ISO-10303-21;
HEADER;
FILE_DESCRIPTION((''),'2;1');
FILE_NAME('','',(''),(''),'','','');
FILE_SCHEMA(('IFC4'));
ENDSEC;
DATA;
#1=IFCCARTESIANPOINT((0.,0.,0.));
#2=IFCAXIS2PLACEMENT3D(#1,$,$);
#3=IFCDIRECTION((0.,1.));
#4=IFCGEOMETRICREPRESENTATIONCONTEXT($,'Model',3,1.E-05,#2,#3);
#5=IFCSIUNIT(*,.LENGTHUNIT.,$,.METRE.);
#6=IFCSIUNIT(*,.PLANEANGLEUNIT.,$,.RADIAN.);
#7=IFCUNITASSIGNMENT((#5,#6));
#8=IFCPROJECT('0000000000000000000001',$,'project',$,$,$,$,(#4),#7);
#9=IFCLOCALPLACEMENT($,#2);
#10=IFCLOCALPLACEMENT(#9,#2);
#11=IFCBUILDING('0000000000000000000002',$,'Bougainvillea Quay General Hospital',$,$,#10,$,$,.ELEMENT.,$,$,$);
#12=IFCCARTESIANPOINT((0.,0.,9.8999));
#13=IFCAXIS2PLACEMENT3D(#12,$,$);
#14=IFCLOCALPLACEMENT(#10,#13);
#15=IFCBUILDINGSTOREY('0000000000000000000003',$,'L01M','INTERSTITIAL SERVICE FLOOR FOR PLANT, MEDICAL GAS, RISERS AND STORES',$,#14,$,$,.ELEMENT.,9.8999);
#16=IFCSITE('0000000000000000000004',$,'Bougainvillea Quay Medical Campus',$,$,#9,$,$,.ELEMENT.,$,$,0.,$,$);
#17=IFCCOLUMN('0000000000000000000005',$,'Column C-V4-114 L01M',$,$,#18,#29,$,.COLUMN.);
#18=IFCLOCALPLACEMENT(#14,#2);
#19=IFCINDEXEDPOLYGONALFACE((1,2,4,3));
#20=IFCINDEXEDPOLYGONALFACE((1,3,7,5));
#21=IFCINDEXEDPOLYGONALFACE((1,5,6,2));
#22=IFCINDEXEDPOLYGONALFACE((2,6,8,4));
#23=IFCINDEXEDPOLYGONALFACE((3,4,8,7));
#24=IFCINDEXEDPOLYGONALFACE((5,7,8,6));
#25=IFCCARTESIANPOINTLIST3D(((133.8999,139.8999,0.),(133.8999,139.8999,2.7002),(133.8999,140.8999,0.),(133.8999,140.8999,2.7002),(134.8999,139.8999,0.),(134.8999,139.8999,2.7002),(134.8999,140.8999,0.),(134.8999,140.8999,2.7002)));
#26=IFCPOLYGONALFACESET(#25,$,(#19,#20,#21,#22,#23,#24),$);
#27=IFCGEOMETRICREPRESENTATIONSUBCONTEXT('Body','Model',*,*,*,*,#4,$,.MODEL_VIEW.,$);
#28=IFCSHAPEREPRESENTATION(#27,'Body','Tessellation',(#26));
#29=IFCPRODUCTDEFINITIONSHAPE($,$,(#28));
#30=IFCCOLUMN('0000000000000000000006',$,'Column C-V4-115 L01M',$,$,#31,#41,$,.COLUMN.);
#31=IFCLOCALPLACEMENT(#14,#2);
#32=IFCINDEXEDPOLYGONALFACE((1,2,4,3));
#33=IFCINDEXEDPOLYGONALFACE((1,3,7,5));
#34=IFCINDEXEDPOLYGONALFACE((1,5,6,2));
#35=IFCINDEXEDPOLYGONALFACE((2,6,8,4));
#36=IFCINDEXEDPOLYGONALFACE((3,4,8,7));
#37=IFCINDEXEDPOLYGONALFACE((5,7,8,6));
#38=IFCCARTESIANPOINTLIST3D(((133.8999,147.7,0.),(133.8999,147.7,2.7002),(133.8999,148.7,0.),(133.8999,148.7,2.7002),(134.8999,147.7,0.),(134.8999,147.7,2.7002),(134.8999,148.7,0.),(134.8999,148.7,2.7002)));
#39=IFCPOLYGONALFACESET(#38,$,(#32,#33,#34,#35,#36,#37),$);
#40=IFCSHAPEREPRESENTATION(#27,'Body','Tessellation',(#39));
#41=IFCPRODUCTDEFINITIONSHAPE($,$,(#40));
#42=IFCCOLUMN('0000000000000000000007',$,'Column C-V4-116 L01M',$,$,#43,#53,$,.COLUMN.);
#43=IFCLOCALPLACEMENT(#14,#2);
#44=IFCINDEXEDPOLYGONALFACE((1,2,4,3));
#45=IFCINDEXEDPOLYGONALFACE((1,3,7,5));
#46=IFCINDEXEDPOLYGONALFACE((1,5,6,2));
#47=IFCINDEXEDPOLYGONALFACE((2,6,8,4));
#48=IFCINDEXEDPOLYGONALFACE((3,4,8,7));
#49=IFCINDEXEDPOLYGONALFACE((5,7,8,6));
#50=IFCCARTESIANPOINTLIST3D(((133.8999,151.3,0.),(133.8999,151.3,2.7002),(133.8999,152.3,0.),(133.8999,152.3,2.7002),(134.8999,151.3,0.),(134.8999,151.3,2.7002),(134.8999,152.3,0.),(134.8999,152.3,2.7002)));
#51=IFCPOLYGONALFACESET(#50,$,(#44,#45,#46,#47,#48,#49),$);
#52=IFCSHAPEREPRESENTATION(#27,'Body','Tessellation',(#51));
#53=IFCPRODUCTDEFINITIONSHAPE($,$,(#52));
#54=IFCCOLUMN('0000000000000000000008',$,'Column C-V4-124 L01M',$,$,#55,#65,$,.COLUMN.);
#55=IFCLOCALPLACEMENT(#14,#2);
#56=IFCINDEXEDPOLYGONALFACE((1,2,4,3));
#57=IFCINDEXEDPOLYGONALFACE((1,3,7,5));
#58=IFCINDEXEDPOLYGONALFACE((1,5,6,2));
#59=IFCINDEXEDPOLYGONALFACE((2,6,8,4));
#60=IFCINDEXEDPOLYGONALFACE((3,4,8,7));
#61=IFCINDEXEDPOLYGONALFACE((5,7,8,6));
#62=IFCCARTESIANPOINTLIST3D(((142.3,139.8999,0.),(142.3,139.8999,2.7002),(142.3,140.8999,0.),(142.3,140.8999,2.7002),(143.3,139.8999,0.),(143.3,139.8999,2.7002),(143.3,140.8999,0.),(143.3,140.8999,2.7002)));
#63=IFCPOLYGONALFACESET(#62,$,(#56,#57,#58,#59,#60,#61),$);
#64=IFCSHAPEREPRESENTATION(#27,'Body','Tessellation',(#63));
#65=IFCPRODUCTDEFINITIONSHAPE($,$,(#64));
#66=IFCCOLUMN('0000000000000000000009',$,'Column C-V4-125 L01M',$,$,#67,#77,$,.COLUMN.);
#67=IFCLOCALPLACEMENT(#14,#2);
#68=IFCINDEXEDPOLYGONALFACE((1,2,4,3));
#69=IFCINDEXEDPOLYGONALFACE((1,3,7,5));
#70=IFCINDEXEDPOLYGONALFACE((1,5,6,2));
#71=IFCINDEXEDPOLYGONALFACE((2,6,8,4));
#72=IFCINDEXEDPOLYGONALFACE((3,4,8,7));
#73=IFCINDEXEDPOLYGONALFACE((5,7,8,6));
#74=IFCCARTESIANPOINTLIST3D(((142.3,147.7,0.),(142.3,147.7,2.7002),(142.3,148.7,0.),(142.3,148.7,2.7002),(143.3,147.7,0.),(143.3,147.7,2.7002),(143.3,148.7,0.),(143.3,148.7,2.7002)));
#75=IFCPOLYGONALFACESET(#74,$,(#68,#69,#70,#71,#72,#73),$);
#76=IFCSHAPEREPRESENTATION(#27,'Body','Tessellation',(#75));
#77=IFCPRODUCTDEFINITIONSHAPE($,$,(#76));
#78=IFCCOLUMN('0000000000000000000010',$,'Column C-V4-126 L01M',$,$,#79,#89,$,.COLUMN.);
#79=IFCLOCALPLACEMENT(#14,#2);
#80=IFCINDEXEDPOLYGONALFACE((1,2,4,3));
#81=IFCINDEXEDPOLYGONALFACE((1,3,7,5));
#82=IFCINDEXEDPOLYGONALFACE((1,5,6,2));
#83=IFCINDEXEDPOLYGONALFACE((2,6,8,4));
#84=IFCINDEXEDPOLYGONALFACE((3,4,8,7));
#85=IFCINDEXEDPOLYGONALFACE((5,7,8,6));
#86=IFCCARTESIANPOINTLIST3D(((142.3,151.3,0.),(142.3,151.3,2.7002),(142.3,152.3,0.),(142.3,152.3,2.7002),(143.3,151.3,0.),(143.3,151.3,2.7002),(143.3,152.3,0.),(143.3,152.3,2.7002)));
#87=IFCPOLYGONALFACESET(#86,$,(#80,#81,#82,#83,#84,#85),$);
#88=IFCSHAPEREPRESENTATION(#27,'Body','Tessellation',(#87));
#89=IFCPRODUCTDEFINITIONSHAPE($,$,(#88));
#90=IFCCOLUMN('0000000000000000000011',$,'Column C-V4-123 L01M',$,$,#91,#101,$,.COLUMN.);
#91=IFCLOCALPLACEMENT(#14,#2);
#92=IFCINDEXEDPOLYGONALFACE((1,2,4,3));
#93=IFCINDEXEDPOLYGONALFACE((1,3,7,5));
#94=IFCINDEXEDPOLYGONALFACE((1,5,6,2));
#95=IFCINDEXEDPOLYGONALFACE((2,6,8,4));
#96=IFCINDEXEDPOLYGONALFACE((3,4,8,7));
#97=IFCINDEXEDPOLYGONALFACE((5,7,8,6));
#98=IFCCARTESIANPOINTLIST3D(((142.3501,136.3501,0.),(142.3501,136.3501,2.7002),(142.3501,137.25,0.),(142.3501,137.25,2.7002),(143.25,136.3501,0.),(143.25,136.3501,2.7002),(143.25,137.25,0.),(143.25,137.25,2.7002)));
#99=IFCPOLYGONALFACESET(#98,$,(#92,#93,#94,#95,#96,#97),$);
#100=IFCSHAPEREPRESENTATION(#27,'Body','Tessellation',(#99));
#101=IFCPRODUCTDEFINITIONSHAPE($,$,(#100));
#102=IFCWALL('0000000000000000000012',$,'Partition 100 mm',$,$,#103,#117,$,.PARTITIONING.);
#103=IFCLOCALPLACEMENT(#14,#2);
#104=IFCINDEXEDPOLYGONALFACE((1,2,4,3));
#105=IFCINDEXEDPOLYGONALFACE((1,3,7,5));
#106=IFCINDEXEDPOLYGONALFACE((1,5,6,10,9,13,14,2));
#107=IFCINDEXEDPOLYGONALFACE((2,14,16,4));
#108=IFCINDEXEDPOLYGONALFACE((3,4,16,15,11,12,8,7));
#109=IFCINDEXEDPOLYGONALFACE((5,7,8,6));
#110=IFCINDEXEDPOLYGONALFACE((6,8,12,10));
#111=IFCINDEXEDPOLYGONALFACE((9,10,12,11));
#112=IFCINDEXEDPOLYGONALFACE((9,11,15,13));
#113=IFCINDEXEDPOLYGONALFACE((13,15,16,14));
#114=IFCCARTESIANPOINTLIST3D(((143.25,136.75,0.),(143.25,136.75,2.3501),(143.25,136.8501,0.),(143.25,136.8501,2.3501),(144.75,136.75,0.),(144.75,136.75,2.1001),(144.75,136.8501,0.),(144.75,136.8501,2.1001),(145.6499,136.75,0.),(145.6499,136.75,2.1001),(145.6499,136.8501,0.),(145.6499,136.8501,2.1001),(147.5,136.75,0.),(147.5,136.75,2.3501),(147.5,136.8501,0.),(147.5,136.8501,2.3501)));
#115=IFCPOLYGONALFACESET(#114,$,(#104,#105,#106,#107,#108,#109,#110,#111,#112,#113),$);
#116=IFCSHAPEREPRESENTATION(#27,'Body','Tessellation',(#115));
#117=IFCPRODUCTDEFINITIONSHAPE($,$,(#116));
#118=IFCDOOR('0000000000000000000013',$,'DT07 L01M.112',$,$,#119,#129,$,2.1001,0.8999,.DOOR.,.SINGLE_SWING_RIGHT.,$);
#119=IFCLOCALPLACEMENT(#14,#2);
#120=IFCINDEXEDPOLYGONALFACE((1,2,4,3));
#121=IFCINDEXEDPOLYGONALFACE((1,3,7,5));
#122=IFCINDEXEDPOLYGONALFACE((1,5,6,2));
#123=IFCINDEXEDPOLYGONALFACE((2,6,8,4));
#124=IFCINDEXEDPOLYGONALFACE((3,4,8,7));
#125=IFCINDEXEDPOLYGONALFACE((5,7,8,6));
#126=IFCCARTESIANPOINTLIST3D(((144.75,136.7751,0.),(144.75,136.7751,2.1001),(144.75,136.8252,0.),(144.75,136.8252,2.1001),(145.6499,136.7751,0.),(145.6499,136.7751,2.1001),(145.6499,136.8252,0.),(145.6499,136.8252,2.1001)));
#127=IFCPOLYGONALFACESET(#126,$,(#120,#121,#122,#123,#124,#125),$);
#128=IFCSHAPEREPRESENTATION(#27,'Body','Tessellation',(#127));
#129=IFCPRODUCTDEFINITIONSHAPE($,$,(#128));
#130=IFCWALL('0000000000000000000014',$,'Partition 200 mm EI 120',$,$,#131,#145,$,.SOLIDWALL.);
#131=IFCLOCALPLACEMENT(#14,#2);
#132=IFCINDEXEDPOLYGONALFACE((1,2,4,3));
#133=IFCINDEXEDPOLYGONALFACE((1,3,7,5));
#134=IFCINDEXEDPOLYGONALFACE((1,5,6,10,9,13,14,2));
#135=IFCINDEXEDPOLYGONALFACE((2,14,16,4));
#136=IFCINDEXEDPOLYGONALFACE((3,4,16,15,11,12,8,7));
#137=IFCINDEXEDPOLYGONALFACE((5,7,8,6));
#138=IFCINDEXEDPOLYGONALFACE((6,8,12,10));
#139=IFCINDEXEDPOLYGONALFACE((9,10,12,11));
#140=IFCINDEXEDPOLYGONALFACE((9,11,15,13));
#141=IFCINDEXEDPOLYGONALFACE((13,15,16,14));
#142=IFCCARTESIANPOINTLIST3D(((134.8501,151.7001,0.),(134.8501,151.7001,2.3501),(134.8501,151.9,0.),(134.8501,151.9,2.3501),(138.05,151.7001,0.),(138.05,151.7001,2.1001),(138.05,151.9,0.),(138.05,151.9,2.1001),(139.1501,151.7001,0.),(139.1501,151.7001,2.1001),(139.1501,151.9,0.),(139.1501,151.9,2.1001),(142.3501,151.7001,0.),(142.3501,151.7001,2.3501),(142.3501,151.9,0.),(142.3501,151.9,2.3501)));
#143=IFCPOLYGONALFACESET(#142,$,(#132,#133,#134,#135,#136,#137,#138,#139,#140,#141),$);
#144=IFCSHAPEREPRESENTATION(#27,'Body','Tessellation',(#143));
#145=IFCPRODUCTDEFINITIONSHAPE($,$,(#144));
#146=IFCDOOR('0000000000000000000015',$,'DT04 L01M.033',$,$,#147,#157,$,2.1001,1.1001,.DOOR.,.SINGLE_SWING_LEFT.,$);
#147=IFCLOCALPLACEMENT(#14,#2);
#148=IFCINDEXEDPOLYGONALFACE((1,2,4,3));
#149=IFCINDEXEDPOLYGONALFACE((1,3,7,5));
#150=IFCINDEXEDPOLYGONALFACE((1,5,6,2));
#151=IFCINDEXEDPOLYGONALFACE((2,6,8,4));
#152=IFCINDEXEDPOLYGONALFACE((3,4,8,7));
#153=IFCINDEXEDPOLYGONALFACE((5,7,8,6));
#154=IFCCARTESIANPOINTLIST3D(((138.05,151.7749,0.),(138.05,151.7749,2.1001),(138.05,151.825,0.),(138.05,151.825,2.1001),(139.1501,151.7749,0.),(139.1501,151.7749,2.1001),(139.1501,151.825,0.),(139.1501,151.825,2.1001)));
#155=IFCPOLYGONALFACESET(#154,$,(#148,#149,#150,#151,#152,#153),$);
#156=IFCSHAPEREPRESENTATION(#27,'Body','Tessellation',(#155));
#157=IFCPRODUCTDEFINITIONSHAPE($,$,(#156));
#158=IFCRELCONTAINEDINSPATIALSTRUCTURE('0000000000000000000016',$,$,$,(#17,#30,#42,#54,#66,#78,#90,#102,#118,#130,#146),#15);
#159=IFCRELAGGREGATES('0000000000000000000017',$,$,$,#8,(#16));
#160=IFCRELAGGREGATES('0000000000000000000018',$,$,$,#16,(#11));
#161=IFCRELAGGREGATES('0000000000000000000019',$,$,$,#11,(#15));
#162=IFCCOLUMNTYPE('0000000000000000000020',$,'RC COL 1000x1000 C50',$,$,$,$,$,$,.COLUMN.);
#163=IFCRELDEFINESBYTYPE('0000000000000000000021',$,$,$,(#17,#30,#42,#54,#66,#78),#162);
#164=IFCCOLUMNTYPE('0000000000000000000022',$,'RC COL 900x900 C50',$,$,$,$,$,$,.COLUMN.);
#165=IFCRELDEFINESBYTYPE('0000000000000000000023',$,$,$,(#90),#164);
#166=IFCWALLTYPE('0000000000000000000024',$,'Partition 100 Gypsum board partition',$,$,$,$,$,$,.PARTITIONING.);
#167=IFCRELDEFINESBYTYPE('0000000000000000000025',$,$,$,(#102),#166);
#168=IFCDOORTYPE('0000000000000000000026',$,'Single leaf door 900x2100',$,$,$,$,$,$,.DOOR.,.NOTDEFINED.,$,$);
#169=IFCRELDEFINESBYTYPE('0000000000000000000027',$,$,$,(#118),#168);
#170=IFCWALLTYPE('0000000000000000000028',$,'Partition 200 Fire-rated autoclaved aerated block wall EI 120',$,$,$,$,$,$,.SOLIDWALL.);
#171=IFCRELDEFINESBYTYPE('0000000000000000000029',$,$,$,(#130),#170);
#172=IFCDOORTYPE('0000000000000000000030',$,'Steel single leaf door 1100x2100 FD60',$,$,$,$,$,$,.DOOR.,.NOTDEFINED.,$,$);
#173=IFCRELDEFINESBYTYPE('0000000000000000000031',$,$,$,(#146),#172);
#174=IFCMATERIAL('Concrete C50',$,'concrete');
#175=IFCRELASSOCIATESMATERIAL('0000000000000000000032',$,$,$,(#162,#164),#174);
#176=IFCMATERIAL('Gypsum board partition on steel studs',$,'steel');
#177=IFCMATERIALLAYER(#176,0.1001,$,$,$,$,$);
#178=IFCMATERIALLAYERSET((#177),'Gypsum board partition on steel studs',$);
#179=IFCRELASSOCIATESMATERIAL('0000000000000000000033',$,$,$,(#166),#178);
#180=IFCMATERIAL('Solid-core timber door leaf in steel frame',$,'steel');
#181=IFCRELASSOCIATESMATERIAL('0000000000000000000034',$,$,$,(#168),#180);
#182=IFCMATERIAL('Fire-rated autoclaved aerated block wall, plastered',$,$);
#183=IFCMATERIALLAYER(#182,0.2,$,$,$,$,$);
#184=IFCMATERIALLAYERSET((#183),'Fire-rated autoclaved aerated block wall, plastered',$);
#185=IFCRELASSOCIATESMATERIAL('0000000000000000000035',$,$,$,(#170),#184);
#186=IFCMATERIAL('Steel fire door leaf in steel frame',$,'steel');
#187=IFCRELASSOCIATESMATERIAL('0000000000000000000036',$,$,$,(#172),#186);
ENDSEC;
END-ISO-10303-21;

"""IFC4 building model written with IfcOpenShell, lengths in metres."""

from ifc_helpers import new_model, si_unit, direction, frame, frame_2d, origin, origin_2d, place, context, subcontext, project, spatial, rectangle, extrude, material, layer, layer_set, material_profile, profile_set, type_object, element, fill, save


model = new_model("IFC4")

# Units and contexts
model_context = context("Model", 3, precision=1e-05, world=origin(), true_north=direction((0.0, 1.0)))
body_context = subcontext(model_context, "Body", "Model", "MODEL_VIEW")
ifc_project = project(units=[si_unit("LENGTHUNIT", "METRE"), si_unit("PLANEANGLEUNIT", "RADIAN")], contexts=[model_context])

# Site, building, storey
site_placement = place(None, origin())
site = spatial("IfcSite", under=ifc_project, at=site_placement, Name="Bougainvillea Quay Medical Campus", CompositionType="ELEMENT", RefElevation=0.0)
building_placement = place(site_placement, origin())
building = spatial("IfcBuilding", under=site, at=building_placement, Name="Bougainvillea Quay General Hospital", CompositionType="ELEMENT")
storey_placement = place(building_placement, frame((0.0, 0.0, 9.8999)))
storey = spatial("IfcBuildingStorey", under=building, at=storey_placement, Name="L01M", Description="INTERSTITIAL SERVICE FLOOR FOR PLANT, MEDICAL GAS, RISERS AND STORES", CompositionType="ELEMENT", Elevation=9.8999)

# Columns
ifc_material_1 = material(Name="Concrete C50", Category="concrete")
ifc_material_profile_1 = material_profile(ifc_material_1, rectangle(XDim=1.0, YDim=1.0, at=origin_2d()))
ifc_profile_set_1 = profile_set([ifc_material_profile_1], Name="Concrete C50")
column_type_1 = type_object("IfcColumnType", Name="RC COL 1000x1000 C50", PredefinedType="COLUMN", material=ifc_profile_set_1)
for number, where, z_axis, x_axis, name in (
    (1, (134.3999, 140.3999, 0.0), (0.0, 0.0, 1.0), (1.0, 0.0, 0.0), "Column C-V4-114 L01M"),
    (2, (134.3999, 148.2, 0.0), (0.0, 0.0, 1.0), (1.0, 0.0, 0.0), "Column C-V4-115 L01M"),
    (3, (134.3999, 151.8, 0.0), (0.0, 0.0, 1.0), (1.0, 0.0, 0.0), "Column C-V4-116 L01M"),
    (4, (142.8, 140.3999, 0.0), (0.0, 0.0, 1.0), (1.0, 0.0, 0.0), "Column C-V4-124 L01M"),
    (5, (142.8, 148.2, 0.0), (0.0, 0.0, 1.0), (1.0, 0.0, 0.0), "Column C-V4-125 L01M"),
    (6, (142.8, 151.8, 0.0), (0.0, 0.0, 1.0), (1.0, 0.0, 0.0), "Column C-V4-126 L01M"),
):
    element("IfcColumn", number, at=place(storey_placement, frame(where, z_axis=z_axis, x_axis=x_axis)), inside=storey, type_object=column_type_1, Name=name, PredefinedType="COLUMN", context=body_context, shape_type="SweptSolid", body=[
        extrude(rectangle(XDim=1.0, YDim=1.0, at=origin_2d()), origin(), (0.0, 0.0, 1.0), 2.7002),
    ])
ifc_material_profile_2 = material_profile(ifc_material_1, rectangle(XDim=0.8999, YDim=0.8999, at=origin_2d()))
ifc_profile_set_2 = profile_set([ifc_material_profile_2], Name="Concrete C50")
column_type_2 = type_object("IfcColumnType", Name="RC COL 900x900 C50", PredefinedType="COLUMN", material=ifc_profile_set_2)
column_placement = place(storey_placement, frame((142.8, 136.8, 0.0), z_axis=(0.0, 0.0, 1.0), x_axis=(1.0, 0.0, 0.0)))
element("IfcColumn", 7, at=column_placement, inside=storey, type_object=column_type_2, Name="Column C-V4-123 L01M", PredefinedType="COLUMN", context=body_context, shape_type="SweptSolid", body=[
    extrude(rectangle(XDim=0.8999, YDim=0.8999, at=origin_2d()), origin(), (0.0, 0.0, 1.0), 2.7002),
])

# Walls, openings, doors
ifc_material_2 = material(Name="Gypsum board partition on steel studs", Category="steel")
ifc_layer_1 = layer(ifc_material_2, 0.1001)
ifc_layer_set_1 = layer_set([ifc_layer_1], Name="Gypsum board partition on steel studs")
wall_type_1 = type_object("IfcWallType", Name="Partition 100 Gypsum board partition", PredefinedType="PARTITIONING", material=ifc_layer_set_1)
wall_1_placement = place(storey_placement, frame((147.5, 136.8, 0.0), z_axis=(0.0, 0.0, 1.0), x_axis=(-1.0, 0.0, 0.0)))
wall_1 = element("IfcWall", 8, at=wall_1_placement, inside=storey, type_object=wall_type_1, Name="Partition 100 mm", PredefinedType="PARTITIONING", context=body_context, shape_type="SweptSolid", body=[
    extrude(rectangle(XDim=4.25, YDim=0.1001, at=frame_2d((2.125, 0.0))), origin(), (0.0, 0.0, 1.0), 2.3501),
])
opening_1_placement = place(wall_1_placement, frame((1.8501, 0.0, 0.0)))
opening_1 = element("IfcOpeningElement", 9, at=opening_1_placement, cuts=wall_1, PredefinedType="OPENING", context=body_context, shape_type="SweptSolid", body=[
    extrude(rectangle(XDim=0.8999, YDim=2.1001, at=frame_2d((0.45, 1.05))), frame((0.0, 0.0601, 0.0), z_axis=(0.0, -1.0, 0.0), x_axis=(1.0, 0.0, 0.0)), (0.0, 0.0, 1.0), 0.1201),
])
ifc_material_3 = material(Name="Solid-core timber door leaf in steel frame", Category="steel")
door_type_1 = type_object("IfcDoorType", Name="Single leaf door 900x2100", OperationType="NOTDEFINED", PredefinedType="DOOR", material=ifc_material_3)
door_1_placement = place(opening_1_placement, origin())
door_1 = element("IfcDoor", 10, at=door_1_placement, inside=storey, type_object=door_type_1, Name="DT07 L01M.112", OperationType="SINGLE_SWING_RIGHT", OverallHeight=2.1001, OverallWidth=0.8999, PredefinedType="DOOR", context=body_context, shape_type="SweptSolid", body=[
    extrude(rectangle(XDim=0.8999, YDim=2.1001, at=frame_2d((0.45, 1.05))), frame((0.0, 0.0249, 0.0), z_axis=(0.0, -1.0, 0.0), x_axis=(1.0, 0.0, 0.0)), (0.0, 0.0, 1.0), 0.05),
])
fill(opening_1, door_1)
ifc_material_4 = material(Name="Fire-rated autoclaved aerated block wall, plastered")
ifc_layer_2 = layer(ifc_material_4, 0.2)
ifc_layer_set_2 = layer_set([ifc_layer_2], Name="Fire-rated autoclaved aerated block wall, plastered")
wall_type_2 = type_object("IfcWallType", Name="Partition 200 Fire-rated autoclaved aerated block wall EI 120", PredefinedType="SOLIDWALL", material=ifc_layer_set_2)
wall_2_placement = place(storey_placement, frame((142.3501, 151.8, 0.0), z_axis=(0.0, 0.0, 1.0), x_axis=(-1.0, 0.0, 0.0)))
wall_2 = element("IfcWall", 11, at=wall_2_placement, inside=storey, type_object=wall_type_2, Name="Partition 200 mm EI 120", PredefinedType="SOLIDWALL", context=body_context, shape_type="SweptSolid", body=[
    extrude(rectangle(XDim=7.5, YDim=0.2, at=frame_2d((3.75, 0.0))), origin(), (0.0, 0.0, 1.0), 2.3501),
])
opening_2_placement = place(wall_2_placement, frame((3.2, 0.0, 0.0)))
opening_2 = element("IfcOpeningElement", 12, at=opening_2_placement, cuts=wall_2, PredefinedType="OPENING", context=body_context, shape_type="SweptSolid", body=[
    extrude(rectangle(XDim=1.1001, YDim=2.1001, at=frame_2d((0.55, 1.05))), frame((0.0, 0.1099, 0.0), z_axis=(0.0, -1.0, 0.0), x_axis=(1.0, 0.0, 0.0)), (0.0, 0.0, 1.0), 0.22),
])
ifc_material_5 = material(Name="Steel fire door leaf in steel frame", Category="steel")
door_type_2 = type_object("IfcDoorType", Name="Steel single leaf door 1100x2100 FD60", OperationType="NOTDEFINED", PredefinedType="DOOR", material=ifc_material_5)
door_2_placement = place(opening_2_placement, frame((1.1001, 0.0, 0.0), z_axis=(0.0, 0.0, 1.0), x_axis=(-1.0, 0.0, 0.0)))
door_2 = element("IfcDoor", 13, at=door_2_placement, inside=storey, type_object=door_type_2, Name="DT04 L01M.033", OperationType="SINGLE_SWING_LEFT", OverallHeight=2.1001, OverallWidth=1.1001, PredefinedType="DOOR", context=body_context, shape_type="SweptSolid", body=[
    extrude(rectangle(XDim=1.1001, YDim=2.1001, at=frame_2d((0.55, 1.05))), frame((0.0, 0.0249, 0.0), z_axis=(0.0, -1.0, 0.0), x_axis=(1.0, 0.0, 0.0)), (0.0, 0.0, 1.0), 0.05),
])
fill(opening_2, door_2)

save(model, "model.ifc")
